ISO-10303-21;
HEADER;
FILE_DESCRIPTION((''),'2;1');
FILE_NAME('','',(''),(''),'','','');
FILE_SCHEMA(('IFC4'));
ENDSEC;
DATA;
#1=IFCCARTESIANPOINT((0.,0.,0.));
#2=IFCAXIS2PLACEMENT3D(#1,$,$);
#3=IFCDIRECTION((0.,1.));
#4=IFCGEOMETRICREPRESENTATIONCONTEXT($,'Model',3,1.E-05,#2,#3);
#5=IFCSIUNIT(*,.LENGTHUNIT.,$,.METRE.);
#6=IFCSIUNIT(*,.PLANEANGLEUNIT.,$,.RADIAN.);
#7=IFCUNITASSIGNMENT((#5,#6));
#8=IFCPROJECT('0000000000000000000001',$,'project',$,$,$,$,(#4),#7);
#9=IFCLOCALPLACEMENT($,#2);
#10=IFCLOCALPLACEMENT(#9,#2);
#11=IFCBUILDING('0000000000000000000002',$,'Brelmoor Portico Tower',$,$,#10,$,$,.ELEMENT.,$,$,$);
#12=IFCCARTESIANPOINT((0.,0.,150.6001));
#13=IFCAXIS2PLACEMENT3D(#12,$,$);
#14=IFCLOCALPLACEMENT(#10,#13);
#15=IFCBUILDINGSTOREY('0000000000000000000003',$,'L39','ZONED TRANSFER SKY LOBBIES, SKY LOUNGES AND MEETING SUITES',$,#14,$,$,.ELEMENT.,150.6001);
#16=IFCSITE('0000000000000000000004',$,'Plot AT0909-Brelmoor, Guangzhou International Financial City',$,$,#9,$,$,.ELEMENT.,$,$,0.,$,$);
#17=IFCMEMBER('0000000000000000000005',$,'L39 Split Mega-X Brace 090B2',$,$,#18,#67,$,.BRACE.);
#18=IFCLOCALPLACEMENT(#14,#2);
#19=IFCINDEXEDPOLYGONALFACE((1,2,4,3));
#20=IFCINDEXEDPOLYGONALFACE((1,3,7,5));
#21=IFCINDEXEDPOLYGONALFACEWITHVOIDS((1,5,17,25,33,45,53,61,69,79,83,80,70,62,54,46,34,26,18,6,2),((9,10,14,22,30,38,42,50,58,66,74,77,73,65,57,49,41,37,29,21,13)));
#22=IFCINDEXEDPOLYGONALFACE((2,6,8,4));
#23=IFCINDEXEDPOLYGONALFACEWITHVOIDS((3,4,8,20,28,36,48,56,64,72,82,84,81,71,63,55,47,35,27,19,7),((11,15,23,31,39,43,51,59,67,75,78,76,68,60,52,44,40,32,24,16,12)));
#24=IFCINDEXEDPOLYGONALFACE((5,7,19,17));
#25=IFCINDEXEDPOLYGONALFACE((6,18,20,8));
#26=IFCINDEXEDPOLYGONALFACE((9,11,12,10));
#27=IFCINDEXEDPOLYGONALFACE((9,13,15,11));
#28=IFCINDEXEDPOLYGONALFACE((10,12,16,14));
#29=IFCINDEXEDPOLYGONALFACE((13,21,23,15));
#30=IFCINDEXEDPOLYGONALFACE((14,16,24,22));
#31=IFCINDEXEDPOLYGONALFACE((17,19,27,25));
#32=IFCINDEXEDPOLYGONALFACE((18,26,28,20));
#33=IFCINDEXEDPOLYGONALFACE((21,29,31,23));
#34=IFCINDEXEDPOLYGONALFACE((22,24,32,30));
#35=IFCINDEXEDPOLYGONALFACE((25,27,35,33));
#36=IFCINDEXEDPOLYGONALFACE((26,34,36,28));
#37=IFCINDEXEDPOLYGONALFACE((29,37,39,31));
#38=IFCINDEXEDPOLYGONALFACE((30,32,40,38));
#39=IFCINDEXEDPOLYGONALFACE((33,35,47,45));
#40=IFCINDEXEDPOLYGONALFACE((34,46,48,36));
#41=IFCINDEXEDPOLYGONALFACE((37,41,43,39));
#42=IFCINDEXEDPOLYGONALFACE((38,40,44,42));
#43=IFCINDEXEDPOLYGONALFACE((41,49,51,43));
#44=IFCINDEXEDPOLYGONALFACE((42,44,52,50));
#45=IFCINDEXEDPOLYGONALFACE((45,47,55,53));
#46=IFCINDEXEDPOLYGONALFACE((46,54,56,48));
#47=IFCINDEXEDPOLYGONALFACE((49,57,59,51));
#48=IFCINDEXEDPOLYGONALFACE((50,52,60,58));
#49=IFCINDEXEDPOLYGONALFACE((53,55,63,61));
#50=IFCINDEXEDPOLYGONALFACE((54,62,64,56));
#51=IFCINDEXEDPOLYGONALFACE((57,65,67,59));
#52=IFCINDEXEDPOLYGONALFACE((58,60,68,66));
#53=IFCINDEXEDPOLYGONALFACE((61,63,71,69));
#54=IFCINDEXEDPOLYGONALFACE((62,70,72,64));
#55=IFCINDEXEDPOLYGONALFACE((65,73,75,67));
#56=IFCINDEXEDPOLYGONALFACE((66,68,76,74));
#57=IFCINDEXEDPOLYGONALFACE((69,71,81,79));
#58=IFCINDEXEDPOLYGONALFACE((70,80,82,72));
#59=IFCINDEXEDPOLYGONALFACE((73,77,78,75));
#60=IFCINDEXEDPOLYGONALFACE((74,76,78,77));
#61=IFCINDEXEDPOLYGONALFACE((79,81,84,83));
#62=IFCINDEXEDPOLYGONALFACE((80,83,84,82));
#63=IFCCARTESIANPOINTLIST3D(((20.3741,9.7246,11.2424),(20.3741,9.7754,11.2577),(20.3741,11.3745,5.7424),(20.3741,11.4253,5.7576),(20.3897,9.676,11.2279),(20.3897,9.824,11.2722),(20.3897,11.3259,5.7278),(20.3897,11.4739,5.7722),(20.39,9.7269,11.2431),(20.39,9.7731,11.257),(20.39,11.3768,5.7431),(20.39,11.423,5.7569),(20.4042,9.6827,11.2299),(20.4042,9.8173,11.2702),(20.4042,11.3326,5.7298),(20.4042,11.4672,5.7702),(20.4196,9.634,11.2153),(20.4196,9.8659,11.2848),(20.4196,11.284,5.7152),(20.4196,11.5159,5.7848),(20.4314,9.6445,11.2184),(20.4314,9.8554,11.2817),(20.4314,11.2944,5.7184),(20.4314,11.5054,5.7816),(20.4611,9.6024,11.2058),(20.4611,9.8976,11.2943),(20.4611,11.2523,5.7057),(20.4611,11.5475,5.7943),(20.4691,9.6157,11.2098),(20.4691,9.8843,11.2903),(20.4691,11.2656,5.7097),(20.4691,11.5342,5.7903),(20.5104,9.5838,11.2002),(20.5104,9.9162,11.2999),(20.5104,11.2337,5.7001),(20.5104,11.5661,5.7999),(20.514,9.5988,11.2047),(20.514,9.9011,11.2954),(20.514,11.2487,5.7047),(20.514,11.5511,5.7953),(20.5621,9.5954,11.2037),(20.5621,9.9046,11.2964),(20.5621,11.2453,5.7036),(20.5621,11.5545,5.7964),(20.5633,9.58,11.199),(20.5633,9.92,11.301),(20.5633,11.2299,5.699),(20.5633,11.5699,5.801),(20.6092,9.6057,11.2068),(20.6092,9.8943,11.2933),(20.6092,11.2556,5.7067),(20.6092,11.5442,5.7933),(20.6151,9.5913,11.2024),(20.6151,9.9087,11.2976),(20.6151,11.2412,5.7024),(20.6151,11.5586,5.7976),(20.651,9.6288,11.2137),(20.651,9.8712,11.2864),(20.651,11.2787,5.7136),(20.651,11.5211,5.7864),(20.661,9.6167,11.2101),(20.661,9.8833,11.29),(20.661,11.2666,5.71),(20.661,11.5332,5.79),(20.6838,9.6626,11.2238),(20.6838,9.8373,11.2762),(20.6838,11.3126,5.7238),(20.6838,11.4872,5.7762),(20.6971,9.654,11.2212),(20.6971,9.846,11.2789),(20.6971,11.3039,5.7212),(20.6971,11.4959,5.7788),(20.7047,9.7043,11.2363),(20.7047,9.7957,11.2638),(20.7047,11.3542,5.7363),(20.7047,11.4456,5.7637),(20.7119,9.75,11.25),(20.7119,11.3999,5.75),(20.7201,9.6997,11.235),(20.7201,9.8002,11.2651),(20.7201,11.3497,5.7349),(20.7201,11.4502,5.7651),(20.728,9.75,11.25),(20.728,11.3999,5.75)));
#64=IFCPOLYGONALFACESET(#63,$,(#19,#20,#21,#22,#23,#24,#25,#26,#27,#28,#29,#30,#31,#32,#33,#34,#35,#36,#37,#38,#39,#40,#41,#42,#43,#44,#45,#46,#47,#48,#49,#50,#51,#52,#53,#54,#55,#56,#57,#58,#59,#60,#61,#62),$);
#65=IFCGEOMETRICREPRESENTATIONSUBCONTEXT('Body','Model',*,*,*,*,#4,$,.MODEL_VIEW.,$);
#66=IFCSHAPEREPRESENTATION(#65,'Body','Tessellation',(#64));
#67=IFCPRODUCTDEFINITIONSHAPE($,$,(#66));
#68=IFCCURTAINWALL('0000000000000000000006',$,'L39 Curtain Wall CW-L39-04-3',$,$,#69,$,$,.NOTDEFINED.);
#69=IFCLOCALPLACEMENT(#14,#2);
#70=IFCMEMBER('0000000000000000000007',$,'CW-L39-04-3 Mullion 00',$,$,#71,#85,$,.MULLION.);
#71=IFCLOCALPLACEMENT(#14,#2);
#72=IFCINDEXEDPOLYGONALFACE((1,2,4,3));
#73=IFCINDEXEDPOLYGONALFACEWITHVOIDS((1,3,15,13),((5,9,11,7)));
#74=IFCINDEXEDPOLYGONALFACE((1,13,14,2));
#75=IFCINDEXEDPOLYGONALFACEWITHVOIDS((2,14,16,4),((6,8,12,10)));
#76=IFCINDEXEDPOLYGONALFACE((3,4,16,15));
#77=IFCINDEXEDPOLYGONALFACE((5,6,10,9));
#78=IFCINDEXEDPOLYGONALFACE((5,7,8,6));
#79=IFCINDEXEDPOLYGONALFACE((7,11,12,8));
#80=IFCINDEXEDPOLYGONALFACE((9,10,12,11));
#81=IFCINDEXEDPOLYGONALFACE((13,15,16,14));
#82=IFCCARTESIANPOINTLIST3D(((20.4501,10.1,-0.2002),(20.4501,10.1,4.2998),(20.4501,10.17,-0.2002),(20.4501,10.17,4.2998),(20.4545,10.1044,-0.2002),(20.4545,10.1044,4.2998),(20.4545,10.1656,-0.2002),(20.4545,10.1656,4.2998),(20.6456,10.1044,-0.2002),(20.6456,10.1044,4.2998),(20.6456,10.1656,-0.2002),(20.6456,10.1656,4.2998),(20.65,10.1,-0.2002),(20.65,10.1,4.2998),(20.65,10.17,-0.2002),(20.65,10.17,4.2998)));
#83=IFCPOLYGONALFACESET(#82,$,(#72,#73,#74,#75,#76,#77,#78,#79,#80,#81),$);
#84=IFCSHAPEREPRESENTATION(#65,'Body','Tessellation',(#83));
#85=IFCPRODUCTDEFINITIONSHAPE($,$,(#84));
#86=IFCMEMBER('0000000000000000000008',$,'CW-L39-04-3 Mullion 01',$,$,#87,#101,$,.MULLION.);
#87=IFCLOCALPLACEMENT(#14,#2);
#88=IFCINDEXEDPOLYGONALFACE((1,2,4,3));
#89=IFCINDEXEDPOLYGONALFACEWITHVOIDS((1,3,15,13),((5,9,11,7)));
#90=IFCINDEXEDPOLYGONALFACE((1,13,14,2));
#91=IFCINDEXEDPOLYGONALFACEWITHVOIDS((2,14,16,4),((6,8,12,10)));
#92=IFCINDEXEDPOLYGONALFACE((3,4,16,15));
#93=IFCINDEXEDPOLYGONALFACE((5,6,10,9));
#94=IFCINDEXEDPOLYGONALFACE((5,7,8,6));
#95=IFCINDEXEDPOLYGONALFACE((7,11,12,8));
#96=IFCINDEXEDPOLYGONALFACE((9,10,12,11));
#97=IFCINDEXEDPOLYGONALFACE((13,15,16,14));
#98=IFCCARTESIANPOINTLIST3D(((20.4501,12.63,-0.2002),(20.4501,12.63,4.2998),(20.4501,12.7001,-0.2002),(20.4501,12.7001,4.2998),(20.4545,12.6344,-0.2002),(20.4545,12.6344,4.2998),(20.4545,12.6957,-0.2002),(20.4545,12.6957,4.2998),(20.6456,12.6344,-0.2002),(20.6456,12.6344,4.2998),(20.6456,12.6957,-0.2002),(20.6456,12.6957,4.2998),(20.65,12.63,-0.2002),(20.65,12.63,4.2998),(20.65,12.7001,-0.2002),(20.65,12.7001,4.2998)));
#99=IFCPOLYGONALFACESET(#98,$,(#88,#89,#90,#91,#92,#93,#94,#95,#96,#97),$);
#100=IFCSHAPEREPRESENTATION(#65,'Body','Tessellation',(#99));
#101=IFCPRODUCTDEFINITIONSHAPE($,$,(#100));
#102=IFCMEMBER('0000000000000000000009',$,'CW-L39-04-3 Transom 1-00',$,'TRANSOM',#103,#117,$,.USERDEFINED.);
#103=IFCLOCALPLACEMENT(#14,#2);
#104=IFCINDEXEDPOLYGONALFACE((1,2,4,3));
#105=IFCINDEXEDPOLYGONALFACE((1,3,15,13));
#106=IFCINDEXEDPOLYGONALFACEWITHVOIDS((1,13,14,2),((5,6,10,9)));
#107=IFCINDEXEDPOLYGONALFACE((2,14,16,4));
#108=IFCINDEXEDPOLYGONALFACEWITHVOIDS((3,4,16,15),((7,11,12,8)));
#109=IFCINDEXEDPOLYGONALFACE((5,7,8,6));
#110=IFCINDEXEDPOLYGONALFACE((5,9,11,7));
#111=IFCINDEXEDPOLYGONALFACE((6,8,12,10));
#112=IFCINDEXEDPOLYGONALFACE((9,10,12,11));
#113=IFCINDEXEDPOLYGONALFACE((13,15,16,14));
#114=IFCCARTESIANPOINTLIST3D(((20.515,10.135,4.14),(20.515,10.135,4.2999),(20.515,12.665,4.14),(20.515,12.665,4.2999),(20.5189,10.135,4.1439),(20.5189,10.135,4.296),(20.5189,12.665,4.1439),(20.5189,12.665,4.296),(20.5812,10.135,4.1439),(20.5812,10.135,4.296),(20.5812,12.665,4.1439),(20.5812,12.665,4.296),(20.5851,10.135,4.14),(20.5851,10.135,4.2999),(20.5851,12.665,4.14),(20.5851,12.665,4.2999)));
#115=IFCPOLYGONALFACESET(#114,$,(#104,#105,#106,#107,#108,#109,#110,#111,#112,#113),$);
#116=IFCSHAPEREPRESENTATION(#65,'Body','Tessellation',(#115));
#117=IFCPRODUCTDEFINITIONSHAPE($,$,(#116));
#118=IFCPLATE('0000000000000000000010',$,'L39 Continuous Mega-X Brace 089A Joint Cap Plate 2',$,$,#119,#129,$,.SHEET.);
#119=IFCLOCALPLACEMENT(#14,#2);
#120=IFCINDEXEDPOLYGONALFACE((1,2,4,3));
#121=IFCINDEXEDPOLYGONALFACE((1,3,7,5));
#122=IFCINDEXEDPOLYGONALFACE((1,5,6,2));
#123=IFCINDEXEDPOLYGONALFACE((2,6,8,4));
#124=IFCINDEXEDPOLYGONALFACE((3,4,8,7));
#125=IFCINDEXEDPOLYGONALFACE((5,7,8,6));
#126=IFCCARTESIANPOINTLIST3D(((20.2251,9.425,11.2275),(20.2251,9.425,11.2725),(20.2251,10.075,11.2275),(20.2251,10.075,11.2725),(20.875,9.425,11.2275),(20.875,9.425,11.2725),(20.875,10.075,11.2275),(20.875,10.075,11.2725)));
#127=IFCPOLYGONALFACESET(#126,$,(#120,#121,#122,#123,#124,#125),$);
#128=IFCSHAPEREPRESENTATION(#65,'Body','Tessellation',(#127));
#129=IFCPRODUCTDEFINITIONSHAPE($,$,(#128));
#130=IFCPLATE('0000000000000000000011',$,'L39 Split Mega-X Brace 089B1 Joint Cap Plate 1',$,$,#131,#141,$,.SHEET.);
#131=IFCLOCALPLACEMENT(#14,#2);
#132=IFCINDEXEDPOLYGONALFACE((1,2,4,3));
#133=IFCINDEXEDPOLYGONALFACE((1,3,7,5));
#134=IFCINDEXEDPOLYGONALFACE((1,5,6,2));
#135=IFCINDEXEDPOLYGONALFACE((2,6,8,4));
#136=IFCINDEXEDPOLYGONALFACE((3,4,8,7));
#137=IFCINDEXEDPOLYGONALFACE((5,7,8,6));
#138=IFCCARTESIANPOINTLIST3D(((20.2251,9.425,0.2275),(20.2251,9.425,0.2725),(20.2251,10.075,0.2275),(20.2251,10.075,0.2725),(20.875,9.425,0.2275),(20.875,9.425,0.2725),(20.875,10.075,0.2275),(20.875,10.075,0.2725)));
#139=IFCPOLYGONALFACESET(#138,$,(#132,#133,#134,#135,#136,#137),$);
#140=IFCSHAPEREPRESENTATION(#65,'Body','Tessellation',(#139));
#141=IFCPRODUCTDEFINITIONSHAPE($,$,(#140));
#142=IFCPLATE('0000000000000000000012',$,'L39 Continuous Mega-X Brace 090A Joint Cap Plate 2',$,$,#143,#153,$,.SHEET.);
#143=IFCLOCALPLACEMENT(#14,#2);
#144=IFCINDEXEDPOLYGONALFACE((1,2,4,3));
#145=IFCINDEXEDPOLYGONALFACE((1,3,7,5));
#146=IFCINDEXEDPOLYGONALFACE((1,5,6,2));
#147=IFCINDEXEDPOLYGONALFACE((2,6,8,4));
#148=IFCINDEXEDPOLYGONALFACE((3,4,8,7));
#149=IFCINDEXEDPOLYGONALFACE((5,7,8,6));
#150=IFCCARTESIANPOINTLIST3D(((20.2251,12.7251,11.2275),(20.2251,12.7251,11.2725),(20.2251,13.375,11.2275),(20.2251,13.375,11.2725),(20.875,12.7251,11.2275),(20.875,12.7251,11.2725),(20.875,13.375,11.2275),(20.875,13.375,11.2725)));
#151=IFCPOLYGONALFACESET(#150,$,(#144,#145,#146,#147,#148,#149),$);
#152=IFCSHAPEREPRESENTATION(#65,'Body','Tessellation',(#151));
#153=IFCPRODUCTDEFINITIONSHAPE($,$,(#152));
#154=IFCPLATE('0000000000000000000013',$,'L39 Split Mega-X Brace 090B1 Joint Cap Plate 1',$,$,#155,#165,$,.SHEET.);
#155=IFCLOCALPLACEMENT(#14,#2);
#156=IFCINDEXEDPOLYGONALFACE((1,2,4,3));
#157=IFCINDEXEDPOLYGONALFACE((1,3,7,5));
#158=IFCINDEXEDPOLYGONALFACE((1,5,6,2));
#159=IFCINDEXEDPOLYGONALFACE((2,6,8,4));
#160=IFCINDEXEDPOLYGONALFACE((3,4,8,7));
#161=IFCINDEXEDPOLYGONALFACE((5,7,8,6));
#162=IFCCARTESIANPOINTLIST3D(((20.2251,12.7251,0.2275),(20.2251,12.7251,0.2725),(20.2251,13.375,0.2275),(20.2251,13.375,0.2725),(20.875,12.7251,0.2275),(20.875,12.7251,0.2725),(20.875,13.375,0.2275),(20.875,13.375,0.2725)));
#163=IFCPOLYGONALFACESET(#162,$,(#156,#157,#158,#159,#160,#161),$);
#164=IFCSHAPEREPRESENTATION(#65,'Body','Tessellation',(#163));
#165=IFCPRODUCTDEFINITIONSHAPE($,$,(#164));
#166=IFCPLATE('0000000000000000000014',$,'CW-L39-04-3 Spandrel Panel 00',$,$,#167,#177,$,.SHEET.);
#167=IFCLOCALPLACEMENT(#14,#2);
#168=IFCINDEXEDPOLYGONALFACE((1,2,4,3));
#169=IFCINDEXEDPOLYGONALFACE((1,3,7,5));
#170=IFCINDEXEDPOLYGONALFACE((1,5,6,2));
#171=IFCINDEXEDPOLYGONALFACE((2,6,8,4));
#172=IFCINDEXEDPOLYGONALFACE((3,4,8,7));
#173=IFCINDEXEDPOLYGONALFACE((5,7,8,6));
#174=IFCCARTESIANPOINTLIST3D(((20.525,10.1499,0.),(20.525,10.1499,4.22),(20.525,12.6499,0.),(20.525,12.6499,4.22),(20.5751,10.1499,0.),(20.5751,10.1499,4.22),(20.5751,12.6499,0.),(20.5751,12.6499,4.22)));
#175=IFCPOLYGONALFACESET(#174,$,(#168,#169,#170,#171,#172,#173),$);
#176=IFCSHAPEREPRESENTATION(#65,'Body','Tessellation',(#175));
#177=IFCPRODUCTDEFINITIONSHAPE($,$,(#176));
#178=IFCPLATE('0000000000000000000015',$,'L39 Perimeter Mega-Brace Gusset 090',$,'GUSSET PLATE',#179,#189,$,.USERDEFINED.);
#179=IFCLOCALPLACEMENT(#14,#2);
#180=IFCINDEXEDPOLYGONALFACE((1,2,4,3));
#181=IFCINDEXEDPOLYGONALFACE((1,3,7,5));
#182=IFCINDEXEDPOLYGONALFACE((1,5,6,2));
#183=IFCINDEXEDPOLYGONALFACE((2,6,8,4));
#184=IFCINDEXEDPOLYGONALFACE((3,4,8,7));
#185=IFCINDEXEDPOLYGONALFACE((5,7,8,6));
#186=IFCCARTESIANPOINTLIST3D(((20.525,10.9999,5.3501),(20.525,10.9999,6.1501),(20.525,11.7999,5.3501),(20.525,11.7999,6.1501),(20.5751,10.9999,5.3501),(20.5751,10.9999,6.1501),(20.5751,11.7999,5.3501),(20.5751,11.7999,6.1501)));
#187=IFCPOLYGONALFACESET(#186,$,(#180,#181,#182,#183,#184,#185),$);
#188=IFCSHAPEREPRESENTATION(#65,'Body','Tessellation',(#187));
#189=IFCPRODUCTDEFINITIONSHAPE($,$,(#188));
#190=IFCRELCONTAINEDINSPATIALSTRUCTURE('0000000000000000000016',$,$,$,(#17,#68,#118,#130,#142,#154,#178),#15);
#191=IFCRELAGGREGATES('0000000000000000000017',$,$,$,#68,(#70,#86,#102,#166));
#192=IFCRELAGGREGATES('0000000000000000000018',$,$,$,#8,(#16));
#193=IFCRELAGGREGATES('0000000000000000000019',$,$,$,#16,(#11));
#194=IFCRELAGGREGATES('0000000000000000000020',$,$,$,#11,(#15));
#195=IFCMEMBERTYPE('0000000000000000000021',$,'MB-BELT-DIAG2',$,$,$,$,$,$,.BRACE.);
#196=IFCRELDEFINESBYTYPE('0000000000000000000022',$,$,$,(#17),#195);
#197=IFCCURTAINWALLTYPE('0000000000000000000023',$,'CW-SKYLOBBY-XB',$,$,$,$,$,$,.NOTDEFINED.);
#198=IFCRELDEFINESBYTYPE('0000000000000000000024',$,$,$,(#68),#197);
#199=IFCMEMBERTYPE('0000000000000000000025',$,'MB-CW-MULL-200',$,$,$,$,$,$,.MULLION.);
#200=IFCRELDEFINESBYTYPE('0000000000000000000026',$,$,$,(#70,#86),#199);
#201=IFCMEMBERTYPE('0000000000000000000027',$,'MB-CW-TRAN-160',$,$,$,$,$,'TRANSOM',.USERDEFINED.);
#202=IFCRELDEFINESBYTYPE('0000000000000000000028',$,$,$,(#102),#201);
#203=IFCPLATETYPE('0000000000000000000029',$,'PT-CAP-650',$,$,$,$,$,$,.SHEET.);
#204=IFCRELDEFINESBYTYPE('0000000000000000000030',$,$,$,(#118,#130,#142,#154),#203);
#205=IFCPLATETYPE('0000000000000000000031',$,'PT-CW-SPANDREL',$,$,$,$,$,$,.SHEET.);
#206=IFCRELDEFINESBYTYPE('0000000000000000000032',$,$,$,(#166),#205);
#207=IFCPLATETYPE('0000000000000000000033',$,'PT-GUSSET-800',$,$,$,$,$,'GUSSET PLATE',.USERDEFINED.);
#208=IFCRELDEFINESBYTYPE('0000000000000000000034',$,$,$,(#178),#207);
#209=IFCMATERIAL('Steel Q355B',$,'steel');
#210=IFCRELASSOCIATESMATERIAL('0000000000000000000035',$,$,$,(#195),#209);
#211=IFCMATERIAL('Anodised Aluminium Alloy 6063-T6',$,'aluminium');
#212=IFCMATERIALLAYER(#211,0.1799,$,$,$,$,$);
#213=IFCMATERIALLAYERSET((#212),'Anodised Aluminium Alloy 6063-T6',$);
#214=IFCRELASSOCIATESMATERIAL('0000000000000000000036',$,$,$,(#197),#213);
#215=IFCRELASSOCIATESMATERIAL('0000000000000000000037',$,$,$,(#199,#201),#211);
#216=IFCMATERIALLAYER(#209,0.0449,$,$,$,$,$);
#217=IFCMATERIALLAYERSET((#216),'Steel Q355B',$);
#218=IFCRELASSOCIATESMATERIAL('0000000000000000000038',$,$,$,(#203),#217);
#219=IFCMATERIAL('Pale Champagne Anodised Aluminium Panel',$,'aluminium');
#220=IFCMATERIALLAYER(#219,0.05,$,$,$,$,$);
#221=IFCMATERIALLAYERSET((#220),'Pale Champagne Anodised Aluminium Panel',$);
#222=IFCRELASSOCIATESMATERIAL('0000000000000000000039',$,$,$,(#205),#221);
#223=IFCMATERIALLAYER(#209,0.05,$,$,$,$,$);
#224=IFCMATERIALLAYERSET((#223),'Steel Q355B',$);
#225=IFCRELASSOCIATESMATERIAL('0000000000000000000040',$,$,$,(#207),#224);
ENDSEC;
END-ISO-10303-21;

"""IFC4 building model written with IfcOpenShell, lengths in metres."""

from ifc_helpers import new_model, si_unit, direction, frame, origin, origin_2d, place, context, subcontext, project, spatial, rectangle, hollow_rectangle, hollow_circle, extrude, material, layer, layer_set, material_profile, profile_set, type_object, element, aggregate, save


model = new_model("IFC4")

# Units and contexts
model_context = context("Model", 3, precision=1e-05, world=origin(), true_north=direction((0.0, 1.0)))
body_context = subcontext(model_context, "Body", "Model", "MODEL_VIEW")
ifc_project = project(units=[si_unit("LENGTHUNIT", "METRE"), si_unit("PLANEANGLEUNIT", "RADIAN")], contexts=[model_context])

# Site, building, storey
site_placement = place(None, origin())
site = spatial("IfcSite", under=ifc_project, at=site_placement, Name="Plot AT0909-Brelmoor, Guangzhou International Financial City", CompositionType="ELEMENT", RefElevation=0.0)
building_placement = place(site_placement, origin())
building = spatial("IfcBuilding", under=site, at=building_placement, Name="Brelmoor Portico Tower", CompositionType="ELEMENT")
storey_placement = place(building_placement, frame((0.0, 0.0, 150.6001)))
storey = spatial("IfcBuildingStorey", under=building, at=storey_placement, Name="L39", Description="ZONED TRANSFER SKY LOBBIES, SKY LOUNGES AND MEETING SUITES", CompositionType="ELEMENT", Elevation=150.6001)

# Shared definitions
ifc_material_1 = material(Name="Steel Q355B", Category="steel")

# Member
ifc_material_profile_1 = material_profile(ifc_material_1, hollow_circle(Radius=0.178, WallThickness=0.0161, at=origin_2d()), Name="CHS 356x16")
ifc_profile_set_1 = profile_set([ifc_material_profile_1], Name="Steel Q355B")
member_type_1 = type_object("IfcMemberType", Name="MB-BELT-DIAG2", PredefinedType="BRACE", material=ifc_profile_set_1)
for number, where, z_axis, x_axis, name in (
    (1, (20.55, 11.3999, 5.75), (0.0, -0.287332, 0.957831), (1.0, 0.0, 0.0), "L39 Split Mega-X Brace 090B2"),
):
    element("IfcMember", number, at=place(storey_placement, frame(where, z_axis=z_axis, x_axis=x_axis)), inside=storey, type_object=member_type_1, Name=name, PredefinedType="BRACE", context=body_context, shape_type="SweptSolid", body=[
        extrude(hollow_circle(Radius=0.178, WallThickness=0.0161, at=origin_2d()), origin(), (0.0, 0.0, 1.0), 5.7422),
    ])

# Curtain wall, members
ifc_material_2 = material(Name="Anodised Aluminium Alloy 6063-T6", Category="aluminium")
ifc_layer_1 = layer(ifc_material_2, 0.1799)
ifc_layer_set_1 = layer_set([ifc_layer_1], Name="Anodised Aluminium Alloy 6063-T6")
curtain_wall_type = type_object("IfcCurtainWallType", Name="CW-SKYLOBBY-XB", PredefinedType="NOTDEFINED", material=ifc_layer_set_1)
curtain_wall_placement = place(storey_placement, origin())
curtain_wall = element("IfcCurtainWall", 2, at=curtain_wall_placement, inside=storey, type_object=curtain_wall_type, Name="L39 Curtain Wall CW-L39-04-3", PredefinedType="NOTDEFINED")
ifc_material_profile_2 = material_profile(ifc_material_2, hollow_rectangle(XDim=0.0701, YDim=0.2, WallThickness=0.0044, at=origin_2d()), Name="ALU MULLION 70x200")
ifc_profile_set_2 = profile_set([ifc_material_profile_2], Name="Anodised Aluminium Alloy 6063-T6")
member_type_2 = type_object("IfcMemberType", Name="MB-CW-MULL-200", PredefinedType="MULLION", material=ifc_profile_set_2)
member_1_placement = place(storey_placement, frame((20.55, 10.135, -0.2002), z_axis=(0.0, 0.0, 1.0), x_axis=(0.0, 1.0, 0.0)))
member_1 = element("IfcMember", 3, at=member_1_placement, type_object=member_type_2, Name="CW-L39-04-3 Mullion 00", PredefinedType="MULLION", context=body_context, shape_type="SweptSolid", body=[
    extrude(hollow_rectangle(XDim=0.0701, YDim=0.2, WallThickness=0.0044, at=origin_2d()), origin(), (0.0, 0.0, 1.0), 4.5),
])
member_2_placement = place(storey_placement, frame((20.55, 12.665, -0.2002), z_axis=(0.0, 0.0, 1.0), x_axis=(0.0, 1.0, 0.0)))
member_2 = element("IfcMember", 4, at=member_2_placement, type_object=member_type_2, Name="CW-L39-04-3 Mullion 01", PredefinedType="MULLION", context=body_context, shape_type="SweptSolid", body=[
    extrude(hollow_rectangle(XDim=0.0701, YDim=0.2, WallThickness=0.0044, at=origin_2d()), origin(), (0.0, 0.0, 1.0), 4.5),
])
ifc_material_profile_3 = material_profile(ifc_material_2, hollow_rectangle(XDim=0.0701, YDim=0.1599, WallThickness=0.0039, at=origin_2d()), Name="ALU TRANSOM 70x160")
ifc_profile_set_3 = profile_set([ifc_material_profile_3], Name="Anodised Aluminium Alloy 6063-T6")
member_type_3 = type_object("IfcMemberType", Name="MB-CW-TRAN-160", ElementType="TRANSOM", PredefinedType="USERDEFINED", material=ifc_profile_set_3)
member_3_placement = place(storey_placement, frame((20.55, 10.135, 4.22), z_axis=(0.0, 1.0, 0.0), x_axis=(-1.0, 0.0, 0.0)))
member_3 = element("IfcMember", 5, at=member_3_placement, type_object=member_type_3, Name="CW-L39-04-3 Transom 1-00", ObjectType="TRANSOM", PredefinedType="USERDEFINED", context=body_context, shape_type="SweptSolid", body=[
    extrude(hollow_rectangle(XDim=0.0701, YDim=0.1599, WallThickness=0.0039, at=origin_2d()), origin(), (0.0, 0.0, 1.0), 2.53),
])

# Plates
ifc_layer_2 = layer(ifc_material_1, 0.0449)
ifc_layer_set_2 = layer_set([ifc_layer_2], Name="Steel Q355B")
plate_type_1 = type_object("IfcPlateType", Name="PT-CAP-650", PredefinedType="SHEET", material=ifc_layer_set_2)
for number, where, z_axis, x_axis, name in (
    (6, (20.55, 9.75, 11.2275), (0.0, 0.0, 1.0), (1.0, 0.0, 0.0), "L39 Continuous Mega-X Brace 089A Joint Cap Plate 2"),
    (7, (20.55, 9.75, 0.2275), (0.0, 0.0, 1.0), (1.0, 0.0, 0.0), "L39 Split Mega-X Brace 089B1 Joint Cap Plate 1"),
    (8, (20.55, 13.05, 11.2275), (0.0, 0.0, 1.0), (1.0, 0.0, 0.0), "L39 Continuous Mega-X Brace 090A Joint Cap Plate 2"),
    (9, (20.55, 13.05, 0.2275), (0.0, 0.0, 1.0), (1.0, 0.0, 0.0), "L39 Split Mega-X Brace 090B1 Joint Cap Plate 1"),
):
    element("IfcPlate", number, at=place(storey_placement, frame(where, z_axis=z_axis, x_axis=x_axis)), inside=storey, type_object=plate_type_1, Name=name, PredefinedType="SHEET", context=body_context, shape_type="SweptSolid", body=[
        extrude(rectangle(XDim=0.6499, YDim=0.6499, at=origin_2d()), origin(), (0.0, 0.0, 1.0), 0.0449),
    ])

# Plates
ifc_material_3 = material(Name="Pale Champagne Anodised Aluminium Panel", Category="aluminium")
ifc_layer_3 = layer(ifc_material_3, 0.05)
ifc_layer_set_3 = layer_set([ifc_layer_3], Name="Pale Champagne Anodised Aluminium Panel")
plate_type_2 = type_object("IfcPlateType", Name="PT-CW-SPANDREL", PredefinedType="SHEET", material=ifc_layer_set_3)
plate_1_placement = place(storey_placement, frame((20.55, 11.3999, 0.0), z_axis=(0.0, 0.0, 1.0), x_axis=(0.0, 1.0, 0.0)))
plate_1 = element("IfcPlate", 10, at=plate_1_placement, type_object=plate_type_2, Name="CW-L39-04-3 Spandrel Panel 00", PredefinedType="SHEET", context=body_context, shape_type="SweptSolid", body=[
    extrude(rectangle(XDim=2.5, YDim=0.05, at=origin_2d()), origin(), (0.0, 0.0, 1.0), 4.22),
])
aggregate(curtain_wall, [member_1, member_2, member_3, plate_1])
ifc_layer_4 = layer(ifc_material_1, 0.05)
ifc_layer_set_4 = layer_set([ifc_layer_4], Name="Steel Q355B")
plate_type_3 = type_object("IfcPlateType", Name="PT-GUSSET-800", ElementType="GUSSET PLATE", PredefinedType="USERDEFINED", material=ifc_layer_set_4)
plate_2_placement = place(storey_placement, frame((20.55, 11.3999, 5.3501), z_axis=(0.0, 0.0, 1.0), x_axis=(1.0, 0.0, 0.0)))
element("IfcPlate", 11, at=plate_2_placement, inside=storey, type_object=plate_type_3, Name="L39 Perimeter Mega-Brace Gusset 090", ObjectType="GUSSET PLATE", PredefinedType="USERDEFINED", context=body_context, shape_type="SweptSolid", body=[
    extrude(rectangle(XDim=0.05, YDim=0.8, at=origin_2d()), origin(), (0.0, 0.0, 1.0), 0.8),
])

save(model, "model.ifc")
